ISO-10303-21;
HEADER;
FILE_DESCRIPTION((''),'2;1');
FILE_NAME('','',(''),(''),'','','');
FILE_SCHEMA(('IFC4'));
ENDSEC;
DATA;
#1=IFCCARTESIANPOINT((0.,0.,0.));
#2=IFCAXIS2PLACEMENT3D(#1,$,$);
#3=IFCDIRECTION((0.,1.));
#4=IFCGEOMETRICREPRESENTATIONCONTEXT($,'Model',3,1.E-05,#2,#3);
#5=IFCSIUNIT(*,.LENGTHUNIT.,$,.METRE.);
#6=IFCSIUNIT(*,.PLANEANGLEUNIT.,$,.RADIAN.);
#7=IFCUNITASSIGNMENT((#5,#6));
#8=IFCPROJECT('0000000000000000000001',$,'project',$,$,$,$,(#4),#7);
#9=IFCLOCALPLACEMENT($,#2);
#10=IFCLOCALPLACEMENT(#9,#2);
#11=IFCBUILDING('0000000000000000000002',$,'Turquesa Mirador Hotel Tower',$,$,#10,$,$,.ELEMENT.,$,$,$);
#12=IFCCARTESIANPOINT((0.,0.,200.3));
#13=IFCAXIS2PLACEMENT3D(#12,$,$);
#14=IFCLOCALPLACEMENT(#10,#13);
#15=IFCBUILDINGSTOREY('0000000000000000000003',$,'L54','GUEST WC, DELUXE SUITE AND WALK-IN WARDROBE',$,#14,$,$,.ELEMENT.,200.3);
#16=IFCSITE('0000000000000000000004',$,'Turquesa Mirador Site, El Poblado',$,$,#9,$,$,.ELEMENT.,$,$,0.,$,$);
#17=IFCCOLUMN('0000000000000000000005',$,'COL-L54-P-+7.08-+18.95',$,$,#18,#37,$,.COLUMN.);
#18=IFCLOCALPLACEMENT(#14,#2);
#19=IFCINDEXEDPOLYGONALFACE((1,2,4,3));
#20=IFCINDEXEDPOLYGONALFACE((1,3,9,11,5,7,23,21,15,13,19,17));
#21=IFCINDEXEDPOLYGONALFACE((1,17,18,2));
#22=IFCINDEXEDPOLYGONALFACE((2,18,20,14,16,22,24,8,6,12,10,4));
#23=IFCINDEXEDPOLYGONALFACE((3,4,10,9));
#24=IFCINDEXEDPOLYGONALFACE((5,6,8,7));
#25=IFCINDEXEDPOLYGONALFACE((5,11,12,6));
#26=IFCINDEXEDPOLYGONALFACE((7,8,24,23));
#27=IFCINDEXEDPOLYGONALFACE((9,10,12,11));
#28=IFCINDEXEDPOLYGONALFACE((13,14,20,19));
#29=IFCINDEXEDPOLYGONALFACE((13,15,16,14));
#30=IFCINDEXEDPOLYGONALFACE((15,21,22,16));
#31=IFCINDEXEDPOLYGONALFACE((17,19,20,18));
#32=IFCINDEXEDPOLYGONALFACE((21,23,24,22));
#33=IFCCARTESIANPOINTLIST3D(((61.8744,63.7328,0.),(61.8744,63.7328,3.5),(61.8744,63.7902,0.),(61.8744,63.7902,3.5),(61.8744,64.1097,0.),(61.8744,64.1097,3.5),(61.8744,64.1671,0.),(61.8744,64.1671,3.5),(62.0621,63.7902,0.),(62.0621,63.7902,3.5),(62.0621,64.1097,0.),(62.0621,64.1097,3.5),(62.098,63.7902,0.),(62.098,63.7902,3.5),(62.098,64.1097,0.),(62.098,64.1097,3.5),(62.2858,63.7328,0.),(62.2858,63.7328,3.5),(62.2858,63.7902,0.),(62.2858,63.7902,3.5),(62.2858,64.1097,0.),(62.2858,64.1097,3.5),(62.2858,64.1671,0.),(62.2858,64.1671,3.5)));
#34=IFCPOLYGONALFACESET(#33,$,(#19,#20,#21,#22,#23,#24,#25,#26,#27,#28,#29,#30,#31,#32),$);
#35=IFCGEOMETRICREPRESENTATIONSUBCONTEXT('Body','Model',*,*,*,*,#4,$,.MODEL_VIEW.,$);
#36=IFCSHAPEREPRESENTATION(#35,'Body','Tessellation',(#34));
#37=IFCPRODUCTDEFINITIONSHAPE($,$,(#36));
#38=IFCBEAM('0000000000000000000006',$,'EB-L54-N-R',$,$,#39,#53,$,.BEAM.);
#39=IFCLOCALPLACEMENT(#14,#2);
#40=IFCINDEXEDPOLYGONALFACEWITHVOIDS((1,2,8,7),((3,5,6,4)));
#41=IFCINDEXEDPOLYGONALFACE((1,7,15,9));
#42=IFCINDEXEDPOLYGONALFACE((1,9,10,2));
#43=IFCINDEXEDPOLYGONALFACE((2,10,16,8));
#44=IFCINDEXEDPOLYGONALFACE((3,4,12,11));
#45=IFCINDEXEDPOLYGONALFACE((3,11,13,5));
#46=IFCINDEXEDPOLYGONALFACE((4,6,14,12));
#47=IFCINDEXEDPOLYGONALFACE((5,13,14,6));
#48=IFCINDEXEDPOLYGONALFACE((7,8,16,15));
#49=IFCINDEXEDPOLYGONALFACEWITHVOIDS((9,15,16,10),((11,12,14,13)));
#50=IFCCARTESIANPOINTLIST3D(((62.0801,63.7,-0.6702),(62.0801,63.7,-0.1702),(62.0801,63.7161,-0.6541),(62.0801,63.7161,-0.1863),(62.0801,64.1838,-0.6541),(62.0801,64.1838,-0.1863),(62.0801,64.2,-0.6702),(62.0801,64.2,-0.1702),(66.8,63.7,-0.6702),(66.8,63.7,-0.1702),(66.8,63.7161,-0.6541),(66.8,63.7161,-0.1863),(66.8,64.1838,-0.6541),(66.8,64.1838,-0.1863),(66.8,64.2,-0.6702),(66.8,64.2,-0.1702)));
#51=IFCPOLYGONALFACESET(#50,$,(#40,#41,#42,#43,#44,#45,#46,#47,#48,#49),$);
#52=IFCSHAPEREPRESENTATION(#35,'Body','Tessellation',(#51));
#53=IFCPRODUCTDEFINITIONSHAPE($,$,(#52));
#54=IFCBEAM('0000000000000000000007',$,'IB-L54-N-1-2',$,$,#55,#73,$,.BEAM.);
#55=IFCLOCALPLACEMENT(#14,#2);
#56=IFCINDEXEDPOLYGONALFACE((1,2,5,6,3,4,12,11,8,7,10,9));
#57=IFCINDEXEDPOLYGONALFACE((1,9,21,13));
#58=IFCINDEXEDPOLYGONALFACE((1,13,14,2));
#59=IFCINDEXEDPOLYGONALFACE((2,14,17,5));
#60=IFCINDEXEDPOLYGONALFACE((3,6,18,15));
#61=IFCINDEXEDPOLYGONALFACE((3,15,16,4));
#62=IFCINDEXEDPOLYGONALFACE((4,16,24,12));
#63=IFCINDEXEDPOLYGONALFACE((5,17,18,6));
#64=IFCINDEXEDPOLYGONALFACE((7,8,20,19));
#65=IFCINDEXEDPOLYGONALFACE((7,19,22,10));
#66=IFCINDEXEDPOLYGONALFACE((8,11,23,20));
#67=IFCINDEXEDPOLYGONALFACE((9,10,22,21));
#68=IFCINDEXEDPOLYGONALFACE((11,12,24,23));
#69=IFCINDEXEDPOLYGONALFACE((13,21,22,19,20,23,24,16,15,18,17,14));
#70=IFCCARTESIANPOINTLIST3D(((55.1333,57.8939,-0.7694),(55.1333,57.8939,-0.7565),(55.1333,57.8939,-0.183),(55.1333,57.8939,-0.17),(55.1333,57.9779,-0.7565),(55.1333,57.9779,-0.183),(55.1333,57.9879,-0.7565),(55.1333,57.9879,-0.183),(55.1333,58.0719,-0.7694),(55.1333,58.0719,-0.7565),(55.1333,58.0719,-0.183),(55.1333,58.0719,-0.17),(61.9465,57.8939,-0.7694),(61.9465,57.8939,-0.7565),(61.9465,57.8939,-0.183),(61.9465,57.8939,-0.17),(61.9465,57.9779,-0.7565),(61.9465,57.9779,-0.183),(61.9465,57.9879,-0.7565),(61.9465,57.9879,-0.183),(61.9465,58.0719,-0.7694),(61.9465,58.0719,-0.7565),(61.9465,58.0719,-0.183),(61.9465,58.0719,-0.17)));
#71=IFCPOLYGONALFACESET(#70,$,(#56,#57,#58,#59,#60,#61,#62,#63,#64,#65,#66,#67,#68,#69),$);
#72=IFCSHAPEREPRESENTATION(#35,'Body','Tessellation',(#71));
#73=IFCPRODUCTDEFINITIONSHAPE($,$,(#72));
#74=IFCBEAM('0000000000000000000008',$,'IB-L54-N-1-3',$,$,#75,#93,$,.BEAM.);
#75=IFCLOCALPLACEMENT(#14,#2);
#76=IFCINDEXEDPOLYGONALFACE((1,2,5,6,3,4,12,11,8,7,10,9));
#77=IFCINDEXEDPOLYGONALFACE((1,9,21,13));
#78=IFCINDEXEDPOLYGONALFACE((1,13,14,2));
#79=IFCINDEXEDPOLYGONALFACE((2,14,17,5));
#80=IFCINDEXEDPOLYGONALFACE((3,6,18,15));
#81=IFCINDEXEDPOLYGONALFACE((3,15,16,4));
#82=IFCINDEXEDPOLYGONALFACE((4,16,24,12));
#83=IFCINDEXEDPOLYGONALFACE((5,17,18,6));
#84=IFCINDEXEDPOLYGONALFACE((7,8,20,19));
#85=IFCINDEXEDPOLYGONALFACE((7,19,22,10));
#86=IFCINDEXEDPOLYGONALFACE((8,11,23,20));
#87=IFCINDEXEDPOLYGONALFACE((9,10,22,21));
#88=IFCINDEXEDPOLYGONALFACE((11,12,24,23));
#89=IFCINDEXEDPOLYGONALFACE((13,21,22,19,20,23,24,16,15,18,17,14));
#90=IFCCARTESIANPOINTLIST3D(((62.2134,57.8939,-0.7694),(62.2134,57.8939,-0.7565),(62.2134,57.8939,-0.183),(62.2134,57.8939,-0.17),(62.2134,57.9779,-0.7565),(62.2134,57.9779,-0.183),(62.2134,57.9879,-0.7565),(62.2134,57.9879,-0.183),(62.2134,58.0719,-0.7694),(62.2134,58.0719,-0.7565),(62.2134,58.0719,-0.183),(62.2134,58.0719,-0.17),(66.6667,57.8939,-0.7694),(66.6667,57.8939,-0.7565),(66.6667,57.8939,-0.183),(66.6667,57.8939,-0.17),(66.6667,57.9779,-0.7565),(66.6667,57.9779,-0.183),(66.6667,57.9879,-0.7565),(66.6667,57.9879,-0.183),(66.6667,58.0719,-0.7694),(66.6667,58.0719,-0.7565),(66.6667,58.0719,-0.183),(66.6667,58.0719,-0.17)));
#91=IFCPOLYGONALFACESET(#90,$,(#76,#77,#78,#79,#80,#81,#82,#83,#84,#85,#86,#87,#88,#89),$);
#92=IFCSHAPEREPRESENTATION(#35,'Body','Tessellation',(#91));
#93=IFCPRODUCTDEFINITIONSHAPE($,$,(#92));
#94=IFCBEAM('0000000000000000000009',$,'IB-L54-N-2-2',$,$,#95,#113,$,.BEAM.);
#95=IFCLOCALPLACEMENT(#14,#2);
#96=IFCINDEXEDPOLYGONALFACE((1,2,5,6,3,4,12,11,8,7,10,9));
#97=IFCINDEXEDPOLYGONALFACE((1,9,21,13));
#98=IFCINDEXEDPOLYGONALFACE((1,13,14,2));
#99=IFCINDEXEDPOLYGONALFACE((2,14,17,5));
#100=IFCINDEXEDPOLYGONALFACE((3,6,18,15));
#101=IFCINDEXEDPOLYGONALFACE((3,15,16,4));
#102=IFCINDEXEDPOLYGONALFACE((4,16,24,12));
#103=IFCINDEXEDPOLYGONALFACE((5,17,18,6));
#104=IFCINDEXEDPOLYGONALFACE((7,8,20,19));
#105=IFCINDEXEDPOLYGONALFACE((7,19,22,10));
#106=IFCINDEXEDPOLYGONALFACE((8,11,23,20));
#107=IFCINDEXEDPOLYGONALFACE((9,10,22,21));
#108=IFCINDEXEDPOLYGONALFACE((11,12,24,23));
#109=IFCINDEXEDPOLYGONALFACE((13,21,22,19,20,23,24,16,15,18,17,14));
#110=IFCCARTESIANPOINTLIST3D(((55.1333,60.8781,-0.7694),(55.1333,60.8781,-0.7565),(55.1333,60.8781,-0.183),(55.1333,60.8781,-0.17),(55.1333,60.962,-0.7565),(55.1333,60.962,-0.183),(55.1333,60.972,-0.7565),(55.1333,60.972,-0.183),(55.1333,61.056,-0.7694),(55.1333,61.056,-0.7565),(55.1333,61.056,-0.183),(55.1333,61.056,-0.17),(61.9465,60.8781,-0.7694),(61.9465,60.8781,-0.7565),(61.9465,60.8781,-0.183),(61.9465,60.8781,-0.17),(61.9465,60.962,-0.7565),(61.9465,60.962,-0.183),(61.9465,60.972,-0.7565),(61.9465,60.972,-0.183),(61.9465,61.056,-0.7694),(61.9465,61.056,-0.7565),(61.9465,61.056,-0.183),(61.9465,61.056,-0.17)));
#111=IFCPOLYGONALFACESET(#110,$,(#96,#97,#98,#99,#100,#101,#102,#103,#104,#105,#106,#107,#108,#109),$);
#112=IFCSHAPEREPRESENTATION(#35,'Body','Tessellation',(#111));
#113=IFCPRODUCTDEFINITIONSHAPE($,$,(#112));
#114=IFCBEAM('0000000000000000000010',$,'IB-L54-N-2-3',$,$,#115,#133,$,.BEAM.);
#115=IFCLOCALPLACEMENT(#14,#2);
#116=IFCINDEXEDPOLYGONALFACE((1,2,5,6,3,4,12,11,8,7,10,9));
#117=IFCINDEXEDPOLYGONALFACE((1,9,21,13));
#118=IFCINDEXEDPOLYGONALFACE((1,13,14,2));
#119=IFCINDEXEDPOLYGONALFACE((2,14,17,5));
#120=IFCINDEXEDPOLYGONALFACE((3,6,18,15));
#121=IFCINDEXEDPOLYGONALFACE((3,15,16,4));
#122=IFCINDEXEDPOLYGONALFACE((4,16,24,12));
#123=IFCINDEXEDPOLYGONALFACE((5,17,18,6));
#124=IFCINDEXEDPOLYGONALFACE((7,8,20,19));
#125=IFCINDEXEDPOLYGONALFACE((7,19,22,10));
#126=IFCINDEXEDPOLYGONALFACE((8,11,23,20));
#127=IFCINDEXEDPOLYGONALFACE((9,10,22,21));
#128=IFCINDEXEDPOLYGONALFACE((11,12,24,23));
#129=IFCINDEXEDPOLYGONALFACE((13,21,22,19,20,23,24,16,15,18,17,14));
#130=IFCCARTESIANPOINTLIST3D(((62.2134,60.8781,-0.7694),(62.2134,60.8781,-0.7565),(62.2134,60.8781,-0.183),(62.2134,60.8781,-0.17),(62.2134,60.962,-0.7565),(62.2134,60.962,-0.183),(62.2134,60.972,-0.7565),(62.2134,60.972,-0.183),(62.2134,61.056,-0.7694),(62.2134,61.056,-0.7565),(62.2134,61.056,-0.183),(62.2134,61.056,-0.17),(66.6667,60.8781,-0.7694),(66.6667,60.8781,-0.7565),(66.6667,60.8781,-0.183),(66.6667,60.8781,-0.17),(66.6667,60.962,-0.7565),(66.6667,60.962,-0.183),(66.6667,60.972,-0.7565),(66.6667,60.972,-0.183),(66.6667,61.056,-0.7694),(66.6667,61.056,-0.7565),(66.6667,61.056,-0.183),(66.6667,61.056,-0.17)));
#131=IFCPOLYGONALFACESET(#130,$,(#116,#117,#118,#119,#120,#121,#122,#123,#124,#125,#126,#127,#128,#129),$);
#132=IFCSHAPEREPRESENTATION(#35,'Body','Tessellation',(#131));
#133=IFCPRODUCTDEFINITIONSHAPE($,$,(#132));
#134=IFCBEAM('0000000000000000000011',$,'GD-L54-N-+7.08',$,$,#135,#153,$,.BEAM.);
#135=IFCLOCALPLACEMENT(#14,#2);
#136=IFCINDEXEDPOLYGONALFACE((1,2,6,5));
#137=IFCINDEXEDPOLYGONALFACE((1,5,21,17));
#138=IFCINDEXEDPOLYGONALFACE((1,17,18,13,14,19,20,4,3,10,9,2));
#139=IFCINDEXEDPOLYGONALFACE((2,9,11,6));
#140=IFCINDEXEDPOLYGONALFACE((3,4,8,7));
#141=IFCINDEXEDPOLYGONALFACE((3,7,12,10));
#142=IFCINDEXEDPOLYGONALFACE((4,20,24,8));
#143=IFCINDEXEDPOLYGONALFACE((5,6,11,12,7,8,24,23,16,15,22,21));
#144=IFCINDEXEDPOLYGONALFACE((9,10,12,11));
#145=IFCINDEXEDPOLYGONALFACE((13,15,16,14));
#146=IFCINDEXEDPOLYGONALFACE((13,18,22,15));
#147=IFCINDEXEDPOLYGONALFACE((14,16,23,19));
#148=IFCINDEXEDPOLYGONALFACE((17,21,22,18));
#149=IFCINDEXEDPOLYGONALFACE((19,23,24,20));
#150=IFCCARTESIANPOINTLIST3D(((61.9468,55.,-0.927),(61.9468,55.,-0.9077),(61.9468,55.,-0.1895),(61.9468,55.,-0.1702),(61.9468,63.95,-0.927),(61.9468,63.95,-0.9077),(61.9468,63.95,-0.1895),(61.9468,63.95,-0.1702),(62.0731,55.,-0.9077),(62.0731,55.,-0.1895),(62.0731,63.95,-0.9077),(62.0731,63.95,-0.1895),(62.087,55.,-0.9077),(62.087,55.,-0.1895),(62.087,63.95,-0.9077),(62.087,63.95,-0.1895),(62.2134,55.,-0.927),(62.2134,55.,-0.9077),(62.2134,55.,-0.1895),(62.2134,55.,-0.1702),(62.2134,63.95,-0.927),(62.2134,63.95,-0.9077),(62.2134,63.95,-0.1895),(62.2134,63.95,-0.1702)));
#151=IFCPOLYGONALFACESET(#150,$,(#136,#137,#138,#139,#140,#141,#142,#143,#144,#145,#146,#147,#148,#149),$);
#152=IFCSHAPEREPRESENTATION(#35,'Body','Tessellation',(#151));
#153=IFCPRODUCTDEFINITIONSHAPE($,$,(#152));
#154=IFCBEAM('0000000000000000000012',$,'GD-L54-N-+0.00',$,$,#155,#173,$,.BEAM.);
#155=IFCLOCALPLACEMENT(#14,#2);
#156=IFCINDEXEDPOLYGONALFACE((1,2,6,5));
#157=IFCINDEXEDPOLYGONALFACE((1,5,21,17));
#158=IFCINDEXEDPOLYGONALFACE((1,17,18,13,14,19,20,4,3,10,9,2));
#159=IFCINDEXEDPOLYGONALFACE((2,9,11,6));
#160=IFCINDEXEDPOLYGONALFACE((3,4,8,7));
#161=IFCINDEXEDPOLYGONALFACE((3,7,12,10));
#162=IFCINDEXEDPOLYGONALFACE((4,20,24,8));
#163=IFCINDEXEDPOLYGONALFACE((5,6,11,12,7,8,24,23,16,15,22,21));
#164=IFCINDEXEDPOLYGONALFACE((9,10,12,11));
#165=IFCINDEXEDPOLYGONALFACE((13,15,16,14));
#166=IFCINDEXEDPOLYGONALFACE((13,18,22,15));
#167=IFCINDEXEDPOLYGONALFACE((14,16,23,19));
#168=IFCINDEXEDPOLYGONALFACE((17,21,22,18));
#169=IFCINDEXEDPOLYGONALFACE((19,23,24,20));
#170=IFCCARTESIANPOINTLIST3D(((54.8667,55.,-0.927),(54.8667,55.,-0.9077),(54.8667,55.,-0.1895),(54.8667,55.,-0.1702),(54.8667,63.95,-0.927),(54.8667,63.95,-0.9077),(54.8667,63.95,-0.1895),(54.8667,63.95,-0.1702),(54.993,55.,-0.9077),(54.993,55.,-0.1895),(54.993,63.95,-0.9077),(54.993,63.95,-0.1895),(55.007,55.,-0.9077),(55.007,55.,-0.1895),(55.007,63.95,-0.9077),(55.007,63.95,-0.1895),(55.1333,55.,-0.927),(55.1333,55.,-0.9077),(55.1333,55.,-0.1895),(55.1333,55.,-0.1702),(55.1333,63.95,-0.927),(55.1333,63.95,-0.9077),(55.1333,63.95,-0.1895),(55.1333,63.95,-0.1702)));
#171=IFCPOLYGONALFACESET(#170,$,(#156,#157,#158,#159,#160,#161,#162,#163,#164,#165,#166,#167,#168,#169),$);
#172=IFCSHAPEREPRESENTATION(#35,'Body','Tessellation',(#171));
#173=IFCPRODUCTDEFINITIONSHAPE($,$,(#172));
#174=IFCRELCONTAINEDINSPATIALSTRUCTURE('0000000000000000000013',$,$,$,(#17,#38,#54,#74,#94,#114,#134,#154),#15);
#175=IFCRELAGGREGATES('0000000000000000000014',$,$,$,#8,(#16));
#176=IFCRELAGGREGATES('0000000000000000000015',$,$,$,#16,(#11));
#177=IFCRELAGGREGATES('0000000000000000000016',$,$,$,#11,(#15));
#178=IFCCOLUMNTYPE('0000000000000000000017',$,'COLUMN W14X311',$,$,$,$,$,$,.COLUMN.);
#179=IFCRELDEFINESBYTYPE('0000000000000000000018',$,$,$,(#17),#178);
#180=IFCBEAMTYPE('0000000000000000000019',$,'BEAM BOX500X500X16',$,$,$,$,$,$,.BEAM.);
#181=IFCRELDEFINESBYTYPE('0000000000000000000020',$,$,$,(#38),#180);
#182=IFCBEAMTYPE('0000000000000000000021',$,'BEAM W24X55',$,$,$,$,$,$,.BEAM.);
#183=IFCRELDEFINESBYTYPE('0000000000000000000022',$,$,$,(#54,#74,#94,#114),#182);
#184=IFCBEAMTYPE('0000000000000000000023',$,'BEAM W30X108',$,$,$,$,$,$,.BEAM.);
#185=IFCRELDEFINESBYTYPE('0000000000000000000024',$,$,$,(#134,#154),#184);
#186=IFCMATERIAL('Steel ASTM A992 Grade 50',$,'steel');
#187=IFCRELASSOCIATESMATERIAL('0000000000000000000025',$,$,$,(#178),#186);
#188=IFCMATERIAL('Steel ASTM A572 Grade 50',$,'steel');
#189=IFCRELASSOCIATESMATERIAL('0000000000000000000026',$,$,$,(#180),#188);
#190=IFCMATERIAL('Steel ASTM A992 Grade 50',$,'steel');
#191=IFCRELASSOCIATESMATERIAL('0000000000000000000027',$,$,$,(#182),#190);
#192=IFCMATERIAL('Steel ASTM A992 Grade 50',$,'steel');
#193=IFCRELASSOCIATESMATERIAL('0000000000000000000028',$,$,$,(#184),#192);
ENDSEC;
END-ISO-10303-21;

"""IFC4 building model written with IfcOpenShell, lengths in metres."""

from ifc_helpers import new_model, si_unit, direction, frame, origin, origin_2d, place, context, subcontext, project, spatial, hollow_rectangle, i_section, extrude, material, material_profile, profile_set, type_object, element, save


model = new_model("IFC4")

# Units and contexts
model_context = context("Model", 3, precision=1e-05, world=origin(), true_north=direction((0.0, 1.0)))
body_context = subcontext(model_context, "Body", "Model", "MODEL_VIEW")
ifc_project = project(units=[si_unit("LENGTHUNIT", "METRE"), si_unit("PLANEANGLEUNIT", "RADIAN")], contexts=[model_context])

# Site, building, storey
site_placement = place(None, origin())
site = spatial("IfcSite", under=ifc_project, at=site_placement, Name="Turquesa Mirador Site, El Poblado", CompositionType="ELEMENT", RefElevation=0.0)
building_placement = place(site_placement, origin())
building = spatial("IfcBuilding", under=site, at=building_placement, Name="Turquesa Mirador Hotel Tower", CompositionType="ELEMENT")
storey_placement = place(building_placement, frame((0.0, 0.0, 200.3)))
storey = spatial("IfcBuildingStorey", under=building, at=storey_placement, Name="L54", Description="GUEST WC, DELUXE SUITE AND WALK-IN WARDROBE", CompositionType="ELEMENT", Elevation=200.3)

# Column
ifc_material_1 = material(Name="Steel ASTM A992 Grade 50", Category="steel")
ifc_material_profile_1 = material_profile(ifc_material_1, i_section(OverallWidth=0.4114, OverallDepth=0.4343, WebThickness=0.0359, FlangeThickness=0.0574, at=origin_2d()), Name="W14X311")
ifc_profile_set_1 = profile_set([ifc_material_profile_1], Name="Steel ASTM A992 Grade 50")
column_type = type_object("IfcColumnType", Name="COLUMN W14X311", PredefinedType="COLUMN", material=ifc_profile_set_1)
column_placement = place(storey_placement, frame((62.0801, 63.95, 0.0), z_axis=(0.0, 0.0, 1.0), x_axis=(1.0, 0.0, 0.0)))
element("IfcColumn", 1, at=column_placement, inside=storey, type_object=column_type, Name="COL-L54-P-+7.08-+18.95", PredefinedType="COLUMN", context=body_context, shape_type="SweptSolid", body=[
    extrude(i_section(OverallWidth=0.4114, OverallDepth=0.4343, WebThickness=0.0359, FlangeThickness=0.0574, at=origin_2d()), origin(), (0.0, 0.0, 1.0), 3.5),
])

# Beams
ifc_material_2 = material(Name="Steel ASTM A572 Grade 50", Category="steel")
ifc_material_profile_2 = material_profile(ifc_material_2, hollow_rectangle(XDim=0.5, YDim=0.5, WallThickness=0.0161, at=origin_2d()), Name="BOX500X500X16")
ifc_profile_set_2 = profile_set([ifc_material_profile_2], Name="Steel ASTM A572 Grade 50")
beam_type_1 = type_object("IfcBeamType", Name="BEAM BOX500X500X16", PredefinedType="BEAM", material=ifc_profile_set_2)
beam_1_placement = place(storey_placement, frame((62.0801, 63.95, -0.4202), z_axis=(1.0, 0.0, 0.0), x_axis=(0.0, 1.0, 0.0)))
element("IfcBeam", 2, at=beam_1_placement, inside=storey, type_object=beam_type_1, Name="EB-L54-N-R", PredefinedType="BEAM", context=body_context, shape_type="SweptSolid", body=[
    extrude(hollow_rectangle(XDim=0.5, YDim=0.5, WallThickness=0.0161, at=origin_2d()), origin(), (0.0, 0.0, 1.0), 4.72),
])
ifc_material_3 = material(Name="Steel ASTM A992 Grade 50", Category="steel")
ifc_material_profile_3 = material_profile(ifc_material_3, i_section(OverallWidth=0.178, OverallDepth=0.5994, WebThickness=0.01, FlangeThickness=0.0129, at=origin_2d()), Name="W24X55")
ifc_profile_set_3 = profile_set([ifc_material_profile_3], Name="Steel ASTM A992 Grade 50")
beam_type_2 = type_object("IfcBeamType", Name="BEAM W24X55", PredefinedType="BEAM", material=ifc_profile_set_3)
beam_2_placement = place(storey_placement, frame((55.1333, 57.9829, -0.4697), z_axis=(1.0, 0.0, 0.0), x_axis=(0.0, 1.0, 0.0)))
element("IfcBeam", 3, at=beam_2_placement, inside=storey, type_object=beam_type_2, Name="IB-L54-N-1-2", PredefinedType="BEAM", context=body_context, shape_type="SweptSolid", body=[
    extrude(i_section(OverallWidth=0.178, OverallDepth=0.5994, WebThickness=0.01, FlangeThickness=0.0129, at=origin_2d()), origin(), (0.0, 0.0, 1.0), 6.8132),
])
beam_3_placement = place(storey_placement, frame((62.2134, 57.9829, -0.4697), z_axis=(1.0, 0.0, 0.0), x_axis=(0.0, 1.0, 0.0)))
element("IfcBeam", 4, at=beam_3_placement, inside=storey, type_object=beam_type_2, Name="IB-L54-N-1-3", PredefinedType="BEAM", context=body_context, shape_type="SweptSolid", body=[
    extrude(i_section(OverallWidth=0.178, OverallDepth=0.5994, WebThickness=0.01, FlangeThickness=0.0129, at=origin_2d()), origin(), (0.0, 0.0, 1.0), 4.4534),
])
beam_4_placement = place(storey_placement, frame((55.1333, 60.967, -0.4697), z_axis=(1.0, 0.0, 0.0), x_axis=(0.0, 1.0, 0.0)))
element("IfcBeam", 5, at=beam_4_placement, inside=storey, type_object=beam_type_2, Name="IB-L54-N-2-2", PredefinedType="BEAM", context=body_context, shape_type="SweptSolid", body=[
    extrude(i_section(OverallWidth=0.178, OverallDepth=0.5994, WebThickness=0.01, FlangeThickness=0.0129, at=origin_2d()), origin(), (0.0, 0.0, 1.0), 6.8132),
])
beam_5_placement = place(storey_placement, frame((62.2134, 60.967, -0.4697), z_axis=(1.0, 0.0, 0.0), x_axis=(0.0, 1.0, 0.0)))
element("IfcBeam", 6, at=beam_5_placement, inside=storey, type_object=beam_type_2, Name="IB-L54-N-2-3", PredefinedType="BEAM", context=body_context, shape_type="SweptSolid", body=[
    extrude(i_section(OverallWidth=0.178, OverallDepth=0.5994, WebThickness=0.01, FlangeThickness=0.0129, at=origin_2d()), origin(), (0.0, 0.0, 1.0), 4.4534),
])
ifc_material_4 = material(Name="Steel ASTM A992 Grade 50", Category="steel")
ifc_material_profile_4 = material_profile(ifc_material_4, i_section(OverallWidth=0.2666, OverallDepth=0.7568, WebThickness=0.0139, FlangeThickness=0.0193, at=origin_2d()), Name="W30X108")
ifc_profile_set_4 = profile_set([ifc_material_profile_4], Name="Steel ASTM A992 Grade 50")
beam_type_3 = type_object("IfcBeamType", Name="BEAM W30X108", PredefinedType="BEAM", material=ifc_profile_set_4)
for number, where, z_axis, x_axis, name in (
    (7, (62.0801, 63.95, -0.5486), (0.0, -1.0, 0.0), (1.0, 0.0, 0.0), "GD-L54-N-+7.08"),
    (8, (55.0, 63.95, -0.5486), (0.0, -1.0, 0.0), (1.0, 0.0, 0.0), "GD-L54-N-+0.00"),
):
    element("IfcBeam", number, at=place(storey_placement, frame(where, z_axis=z_axis, x_axis=x_axis)), inside=storey, type_object=beam_type_3, Name=name, PredefinedType="BEAM", context=body_context, shape_type="SweptSolid", body=[
        extrude(i_section(OverallWidth=0.2666, OverallDepth=0.7568, WebThickness=0.0139, FlangeThickness=0.0193, at=origin_2d()), origin(), (0.0, 0.0, 1.0), 8.95),
    ])

save(model, "model.ifc")
